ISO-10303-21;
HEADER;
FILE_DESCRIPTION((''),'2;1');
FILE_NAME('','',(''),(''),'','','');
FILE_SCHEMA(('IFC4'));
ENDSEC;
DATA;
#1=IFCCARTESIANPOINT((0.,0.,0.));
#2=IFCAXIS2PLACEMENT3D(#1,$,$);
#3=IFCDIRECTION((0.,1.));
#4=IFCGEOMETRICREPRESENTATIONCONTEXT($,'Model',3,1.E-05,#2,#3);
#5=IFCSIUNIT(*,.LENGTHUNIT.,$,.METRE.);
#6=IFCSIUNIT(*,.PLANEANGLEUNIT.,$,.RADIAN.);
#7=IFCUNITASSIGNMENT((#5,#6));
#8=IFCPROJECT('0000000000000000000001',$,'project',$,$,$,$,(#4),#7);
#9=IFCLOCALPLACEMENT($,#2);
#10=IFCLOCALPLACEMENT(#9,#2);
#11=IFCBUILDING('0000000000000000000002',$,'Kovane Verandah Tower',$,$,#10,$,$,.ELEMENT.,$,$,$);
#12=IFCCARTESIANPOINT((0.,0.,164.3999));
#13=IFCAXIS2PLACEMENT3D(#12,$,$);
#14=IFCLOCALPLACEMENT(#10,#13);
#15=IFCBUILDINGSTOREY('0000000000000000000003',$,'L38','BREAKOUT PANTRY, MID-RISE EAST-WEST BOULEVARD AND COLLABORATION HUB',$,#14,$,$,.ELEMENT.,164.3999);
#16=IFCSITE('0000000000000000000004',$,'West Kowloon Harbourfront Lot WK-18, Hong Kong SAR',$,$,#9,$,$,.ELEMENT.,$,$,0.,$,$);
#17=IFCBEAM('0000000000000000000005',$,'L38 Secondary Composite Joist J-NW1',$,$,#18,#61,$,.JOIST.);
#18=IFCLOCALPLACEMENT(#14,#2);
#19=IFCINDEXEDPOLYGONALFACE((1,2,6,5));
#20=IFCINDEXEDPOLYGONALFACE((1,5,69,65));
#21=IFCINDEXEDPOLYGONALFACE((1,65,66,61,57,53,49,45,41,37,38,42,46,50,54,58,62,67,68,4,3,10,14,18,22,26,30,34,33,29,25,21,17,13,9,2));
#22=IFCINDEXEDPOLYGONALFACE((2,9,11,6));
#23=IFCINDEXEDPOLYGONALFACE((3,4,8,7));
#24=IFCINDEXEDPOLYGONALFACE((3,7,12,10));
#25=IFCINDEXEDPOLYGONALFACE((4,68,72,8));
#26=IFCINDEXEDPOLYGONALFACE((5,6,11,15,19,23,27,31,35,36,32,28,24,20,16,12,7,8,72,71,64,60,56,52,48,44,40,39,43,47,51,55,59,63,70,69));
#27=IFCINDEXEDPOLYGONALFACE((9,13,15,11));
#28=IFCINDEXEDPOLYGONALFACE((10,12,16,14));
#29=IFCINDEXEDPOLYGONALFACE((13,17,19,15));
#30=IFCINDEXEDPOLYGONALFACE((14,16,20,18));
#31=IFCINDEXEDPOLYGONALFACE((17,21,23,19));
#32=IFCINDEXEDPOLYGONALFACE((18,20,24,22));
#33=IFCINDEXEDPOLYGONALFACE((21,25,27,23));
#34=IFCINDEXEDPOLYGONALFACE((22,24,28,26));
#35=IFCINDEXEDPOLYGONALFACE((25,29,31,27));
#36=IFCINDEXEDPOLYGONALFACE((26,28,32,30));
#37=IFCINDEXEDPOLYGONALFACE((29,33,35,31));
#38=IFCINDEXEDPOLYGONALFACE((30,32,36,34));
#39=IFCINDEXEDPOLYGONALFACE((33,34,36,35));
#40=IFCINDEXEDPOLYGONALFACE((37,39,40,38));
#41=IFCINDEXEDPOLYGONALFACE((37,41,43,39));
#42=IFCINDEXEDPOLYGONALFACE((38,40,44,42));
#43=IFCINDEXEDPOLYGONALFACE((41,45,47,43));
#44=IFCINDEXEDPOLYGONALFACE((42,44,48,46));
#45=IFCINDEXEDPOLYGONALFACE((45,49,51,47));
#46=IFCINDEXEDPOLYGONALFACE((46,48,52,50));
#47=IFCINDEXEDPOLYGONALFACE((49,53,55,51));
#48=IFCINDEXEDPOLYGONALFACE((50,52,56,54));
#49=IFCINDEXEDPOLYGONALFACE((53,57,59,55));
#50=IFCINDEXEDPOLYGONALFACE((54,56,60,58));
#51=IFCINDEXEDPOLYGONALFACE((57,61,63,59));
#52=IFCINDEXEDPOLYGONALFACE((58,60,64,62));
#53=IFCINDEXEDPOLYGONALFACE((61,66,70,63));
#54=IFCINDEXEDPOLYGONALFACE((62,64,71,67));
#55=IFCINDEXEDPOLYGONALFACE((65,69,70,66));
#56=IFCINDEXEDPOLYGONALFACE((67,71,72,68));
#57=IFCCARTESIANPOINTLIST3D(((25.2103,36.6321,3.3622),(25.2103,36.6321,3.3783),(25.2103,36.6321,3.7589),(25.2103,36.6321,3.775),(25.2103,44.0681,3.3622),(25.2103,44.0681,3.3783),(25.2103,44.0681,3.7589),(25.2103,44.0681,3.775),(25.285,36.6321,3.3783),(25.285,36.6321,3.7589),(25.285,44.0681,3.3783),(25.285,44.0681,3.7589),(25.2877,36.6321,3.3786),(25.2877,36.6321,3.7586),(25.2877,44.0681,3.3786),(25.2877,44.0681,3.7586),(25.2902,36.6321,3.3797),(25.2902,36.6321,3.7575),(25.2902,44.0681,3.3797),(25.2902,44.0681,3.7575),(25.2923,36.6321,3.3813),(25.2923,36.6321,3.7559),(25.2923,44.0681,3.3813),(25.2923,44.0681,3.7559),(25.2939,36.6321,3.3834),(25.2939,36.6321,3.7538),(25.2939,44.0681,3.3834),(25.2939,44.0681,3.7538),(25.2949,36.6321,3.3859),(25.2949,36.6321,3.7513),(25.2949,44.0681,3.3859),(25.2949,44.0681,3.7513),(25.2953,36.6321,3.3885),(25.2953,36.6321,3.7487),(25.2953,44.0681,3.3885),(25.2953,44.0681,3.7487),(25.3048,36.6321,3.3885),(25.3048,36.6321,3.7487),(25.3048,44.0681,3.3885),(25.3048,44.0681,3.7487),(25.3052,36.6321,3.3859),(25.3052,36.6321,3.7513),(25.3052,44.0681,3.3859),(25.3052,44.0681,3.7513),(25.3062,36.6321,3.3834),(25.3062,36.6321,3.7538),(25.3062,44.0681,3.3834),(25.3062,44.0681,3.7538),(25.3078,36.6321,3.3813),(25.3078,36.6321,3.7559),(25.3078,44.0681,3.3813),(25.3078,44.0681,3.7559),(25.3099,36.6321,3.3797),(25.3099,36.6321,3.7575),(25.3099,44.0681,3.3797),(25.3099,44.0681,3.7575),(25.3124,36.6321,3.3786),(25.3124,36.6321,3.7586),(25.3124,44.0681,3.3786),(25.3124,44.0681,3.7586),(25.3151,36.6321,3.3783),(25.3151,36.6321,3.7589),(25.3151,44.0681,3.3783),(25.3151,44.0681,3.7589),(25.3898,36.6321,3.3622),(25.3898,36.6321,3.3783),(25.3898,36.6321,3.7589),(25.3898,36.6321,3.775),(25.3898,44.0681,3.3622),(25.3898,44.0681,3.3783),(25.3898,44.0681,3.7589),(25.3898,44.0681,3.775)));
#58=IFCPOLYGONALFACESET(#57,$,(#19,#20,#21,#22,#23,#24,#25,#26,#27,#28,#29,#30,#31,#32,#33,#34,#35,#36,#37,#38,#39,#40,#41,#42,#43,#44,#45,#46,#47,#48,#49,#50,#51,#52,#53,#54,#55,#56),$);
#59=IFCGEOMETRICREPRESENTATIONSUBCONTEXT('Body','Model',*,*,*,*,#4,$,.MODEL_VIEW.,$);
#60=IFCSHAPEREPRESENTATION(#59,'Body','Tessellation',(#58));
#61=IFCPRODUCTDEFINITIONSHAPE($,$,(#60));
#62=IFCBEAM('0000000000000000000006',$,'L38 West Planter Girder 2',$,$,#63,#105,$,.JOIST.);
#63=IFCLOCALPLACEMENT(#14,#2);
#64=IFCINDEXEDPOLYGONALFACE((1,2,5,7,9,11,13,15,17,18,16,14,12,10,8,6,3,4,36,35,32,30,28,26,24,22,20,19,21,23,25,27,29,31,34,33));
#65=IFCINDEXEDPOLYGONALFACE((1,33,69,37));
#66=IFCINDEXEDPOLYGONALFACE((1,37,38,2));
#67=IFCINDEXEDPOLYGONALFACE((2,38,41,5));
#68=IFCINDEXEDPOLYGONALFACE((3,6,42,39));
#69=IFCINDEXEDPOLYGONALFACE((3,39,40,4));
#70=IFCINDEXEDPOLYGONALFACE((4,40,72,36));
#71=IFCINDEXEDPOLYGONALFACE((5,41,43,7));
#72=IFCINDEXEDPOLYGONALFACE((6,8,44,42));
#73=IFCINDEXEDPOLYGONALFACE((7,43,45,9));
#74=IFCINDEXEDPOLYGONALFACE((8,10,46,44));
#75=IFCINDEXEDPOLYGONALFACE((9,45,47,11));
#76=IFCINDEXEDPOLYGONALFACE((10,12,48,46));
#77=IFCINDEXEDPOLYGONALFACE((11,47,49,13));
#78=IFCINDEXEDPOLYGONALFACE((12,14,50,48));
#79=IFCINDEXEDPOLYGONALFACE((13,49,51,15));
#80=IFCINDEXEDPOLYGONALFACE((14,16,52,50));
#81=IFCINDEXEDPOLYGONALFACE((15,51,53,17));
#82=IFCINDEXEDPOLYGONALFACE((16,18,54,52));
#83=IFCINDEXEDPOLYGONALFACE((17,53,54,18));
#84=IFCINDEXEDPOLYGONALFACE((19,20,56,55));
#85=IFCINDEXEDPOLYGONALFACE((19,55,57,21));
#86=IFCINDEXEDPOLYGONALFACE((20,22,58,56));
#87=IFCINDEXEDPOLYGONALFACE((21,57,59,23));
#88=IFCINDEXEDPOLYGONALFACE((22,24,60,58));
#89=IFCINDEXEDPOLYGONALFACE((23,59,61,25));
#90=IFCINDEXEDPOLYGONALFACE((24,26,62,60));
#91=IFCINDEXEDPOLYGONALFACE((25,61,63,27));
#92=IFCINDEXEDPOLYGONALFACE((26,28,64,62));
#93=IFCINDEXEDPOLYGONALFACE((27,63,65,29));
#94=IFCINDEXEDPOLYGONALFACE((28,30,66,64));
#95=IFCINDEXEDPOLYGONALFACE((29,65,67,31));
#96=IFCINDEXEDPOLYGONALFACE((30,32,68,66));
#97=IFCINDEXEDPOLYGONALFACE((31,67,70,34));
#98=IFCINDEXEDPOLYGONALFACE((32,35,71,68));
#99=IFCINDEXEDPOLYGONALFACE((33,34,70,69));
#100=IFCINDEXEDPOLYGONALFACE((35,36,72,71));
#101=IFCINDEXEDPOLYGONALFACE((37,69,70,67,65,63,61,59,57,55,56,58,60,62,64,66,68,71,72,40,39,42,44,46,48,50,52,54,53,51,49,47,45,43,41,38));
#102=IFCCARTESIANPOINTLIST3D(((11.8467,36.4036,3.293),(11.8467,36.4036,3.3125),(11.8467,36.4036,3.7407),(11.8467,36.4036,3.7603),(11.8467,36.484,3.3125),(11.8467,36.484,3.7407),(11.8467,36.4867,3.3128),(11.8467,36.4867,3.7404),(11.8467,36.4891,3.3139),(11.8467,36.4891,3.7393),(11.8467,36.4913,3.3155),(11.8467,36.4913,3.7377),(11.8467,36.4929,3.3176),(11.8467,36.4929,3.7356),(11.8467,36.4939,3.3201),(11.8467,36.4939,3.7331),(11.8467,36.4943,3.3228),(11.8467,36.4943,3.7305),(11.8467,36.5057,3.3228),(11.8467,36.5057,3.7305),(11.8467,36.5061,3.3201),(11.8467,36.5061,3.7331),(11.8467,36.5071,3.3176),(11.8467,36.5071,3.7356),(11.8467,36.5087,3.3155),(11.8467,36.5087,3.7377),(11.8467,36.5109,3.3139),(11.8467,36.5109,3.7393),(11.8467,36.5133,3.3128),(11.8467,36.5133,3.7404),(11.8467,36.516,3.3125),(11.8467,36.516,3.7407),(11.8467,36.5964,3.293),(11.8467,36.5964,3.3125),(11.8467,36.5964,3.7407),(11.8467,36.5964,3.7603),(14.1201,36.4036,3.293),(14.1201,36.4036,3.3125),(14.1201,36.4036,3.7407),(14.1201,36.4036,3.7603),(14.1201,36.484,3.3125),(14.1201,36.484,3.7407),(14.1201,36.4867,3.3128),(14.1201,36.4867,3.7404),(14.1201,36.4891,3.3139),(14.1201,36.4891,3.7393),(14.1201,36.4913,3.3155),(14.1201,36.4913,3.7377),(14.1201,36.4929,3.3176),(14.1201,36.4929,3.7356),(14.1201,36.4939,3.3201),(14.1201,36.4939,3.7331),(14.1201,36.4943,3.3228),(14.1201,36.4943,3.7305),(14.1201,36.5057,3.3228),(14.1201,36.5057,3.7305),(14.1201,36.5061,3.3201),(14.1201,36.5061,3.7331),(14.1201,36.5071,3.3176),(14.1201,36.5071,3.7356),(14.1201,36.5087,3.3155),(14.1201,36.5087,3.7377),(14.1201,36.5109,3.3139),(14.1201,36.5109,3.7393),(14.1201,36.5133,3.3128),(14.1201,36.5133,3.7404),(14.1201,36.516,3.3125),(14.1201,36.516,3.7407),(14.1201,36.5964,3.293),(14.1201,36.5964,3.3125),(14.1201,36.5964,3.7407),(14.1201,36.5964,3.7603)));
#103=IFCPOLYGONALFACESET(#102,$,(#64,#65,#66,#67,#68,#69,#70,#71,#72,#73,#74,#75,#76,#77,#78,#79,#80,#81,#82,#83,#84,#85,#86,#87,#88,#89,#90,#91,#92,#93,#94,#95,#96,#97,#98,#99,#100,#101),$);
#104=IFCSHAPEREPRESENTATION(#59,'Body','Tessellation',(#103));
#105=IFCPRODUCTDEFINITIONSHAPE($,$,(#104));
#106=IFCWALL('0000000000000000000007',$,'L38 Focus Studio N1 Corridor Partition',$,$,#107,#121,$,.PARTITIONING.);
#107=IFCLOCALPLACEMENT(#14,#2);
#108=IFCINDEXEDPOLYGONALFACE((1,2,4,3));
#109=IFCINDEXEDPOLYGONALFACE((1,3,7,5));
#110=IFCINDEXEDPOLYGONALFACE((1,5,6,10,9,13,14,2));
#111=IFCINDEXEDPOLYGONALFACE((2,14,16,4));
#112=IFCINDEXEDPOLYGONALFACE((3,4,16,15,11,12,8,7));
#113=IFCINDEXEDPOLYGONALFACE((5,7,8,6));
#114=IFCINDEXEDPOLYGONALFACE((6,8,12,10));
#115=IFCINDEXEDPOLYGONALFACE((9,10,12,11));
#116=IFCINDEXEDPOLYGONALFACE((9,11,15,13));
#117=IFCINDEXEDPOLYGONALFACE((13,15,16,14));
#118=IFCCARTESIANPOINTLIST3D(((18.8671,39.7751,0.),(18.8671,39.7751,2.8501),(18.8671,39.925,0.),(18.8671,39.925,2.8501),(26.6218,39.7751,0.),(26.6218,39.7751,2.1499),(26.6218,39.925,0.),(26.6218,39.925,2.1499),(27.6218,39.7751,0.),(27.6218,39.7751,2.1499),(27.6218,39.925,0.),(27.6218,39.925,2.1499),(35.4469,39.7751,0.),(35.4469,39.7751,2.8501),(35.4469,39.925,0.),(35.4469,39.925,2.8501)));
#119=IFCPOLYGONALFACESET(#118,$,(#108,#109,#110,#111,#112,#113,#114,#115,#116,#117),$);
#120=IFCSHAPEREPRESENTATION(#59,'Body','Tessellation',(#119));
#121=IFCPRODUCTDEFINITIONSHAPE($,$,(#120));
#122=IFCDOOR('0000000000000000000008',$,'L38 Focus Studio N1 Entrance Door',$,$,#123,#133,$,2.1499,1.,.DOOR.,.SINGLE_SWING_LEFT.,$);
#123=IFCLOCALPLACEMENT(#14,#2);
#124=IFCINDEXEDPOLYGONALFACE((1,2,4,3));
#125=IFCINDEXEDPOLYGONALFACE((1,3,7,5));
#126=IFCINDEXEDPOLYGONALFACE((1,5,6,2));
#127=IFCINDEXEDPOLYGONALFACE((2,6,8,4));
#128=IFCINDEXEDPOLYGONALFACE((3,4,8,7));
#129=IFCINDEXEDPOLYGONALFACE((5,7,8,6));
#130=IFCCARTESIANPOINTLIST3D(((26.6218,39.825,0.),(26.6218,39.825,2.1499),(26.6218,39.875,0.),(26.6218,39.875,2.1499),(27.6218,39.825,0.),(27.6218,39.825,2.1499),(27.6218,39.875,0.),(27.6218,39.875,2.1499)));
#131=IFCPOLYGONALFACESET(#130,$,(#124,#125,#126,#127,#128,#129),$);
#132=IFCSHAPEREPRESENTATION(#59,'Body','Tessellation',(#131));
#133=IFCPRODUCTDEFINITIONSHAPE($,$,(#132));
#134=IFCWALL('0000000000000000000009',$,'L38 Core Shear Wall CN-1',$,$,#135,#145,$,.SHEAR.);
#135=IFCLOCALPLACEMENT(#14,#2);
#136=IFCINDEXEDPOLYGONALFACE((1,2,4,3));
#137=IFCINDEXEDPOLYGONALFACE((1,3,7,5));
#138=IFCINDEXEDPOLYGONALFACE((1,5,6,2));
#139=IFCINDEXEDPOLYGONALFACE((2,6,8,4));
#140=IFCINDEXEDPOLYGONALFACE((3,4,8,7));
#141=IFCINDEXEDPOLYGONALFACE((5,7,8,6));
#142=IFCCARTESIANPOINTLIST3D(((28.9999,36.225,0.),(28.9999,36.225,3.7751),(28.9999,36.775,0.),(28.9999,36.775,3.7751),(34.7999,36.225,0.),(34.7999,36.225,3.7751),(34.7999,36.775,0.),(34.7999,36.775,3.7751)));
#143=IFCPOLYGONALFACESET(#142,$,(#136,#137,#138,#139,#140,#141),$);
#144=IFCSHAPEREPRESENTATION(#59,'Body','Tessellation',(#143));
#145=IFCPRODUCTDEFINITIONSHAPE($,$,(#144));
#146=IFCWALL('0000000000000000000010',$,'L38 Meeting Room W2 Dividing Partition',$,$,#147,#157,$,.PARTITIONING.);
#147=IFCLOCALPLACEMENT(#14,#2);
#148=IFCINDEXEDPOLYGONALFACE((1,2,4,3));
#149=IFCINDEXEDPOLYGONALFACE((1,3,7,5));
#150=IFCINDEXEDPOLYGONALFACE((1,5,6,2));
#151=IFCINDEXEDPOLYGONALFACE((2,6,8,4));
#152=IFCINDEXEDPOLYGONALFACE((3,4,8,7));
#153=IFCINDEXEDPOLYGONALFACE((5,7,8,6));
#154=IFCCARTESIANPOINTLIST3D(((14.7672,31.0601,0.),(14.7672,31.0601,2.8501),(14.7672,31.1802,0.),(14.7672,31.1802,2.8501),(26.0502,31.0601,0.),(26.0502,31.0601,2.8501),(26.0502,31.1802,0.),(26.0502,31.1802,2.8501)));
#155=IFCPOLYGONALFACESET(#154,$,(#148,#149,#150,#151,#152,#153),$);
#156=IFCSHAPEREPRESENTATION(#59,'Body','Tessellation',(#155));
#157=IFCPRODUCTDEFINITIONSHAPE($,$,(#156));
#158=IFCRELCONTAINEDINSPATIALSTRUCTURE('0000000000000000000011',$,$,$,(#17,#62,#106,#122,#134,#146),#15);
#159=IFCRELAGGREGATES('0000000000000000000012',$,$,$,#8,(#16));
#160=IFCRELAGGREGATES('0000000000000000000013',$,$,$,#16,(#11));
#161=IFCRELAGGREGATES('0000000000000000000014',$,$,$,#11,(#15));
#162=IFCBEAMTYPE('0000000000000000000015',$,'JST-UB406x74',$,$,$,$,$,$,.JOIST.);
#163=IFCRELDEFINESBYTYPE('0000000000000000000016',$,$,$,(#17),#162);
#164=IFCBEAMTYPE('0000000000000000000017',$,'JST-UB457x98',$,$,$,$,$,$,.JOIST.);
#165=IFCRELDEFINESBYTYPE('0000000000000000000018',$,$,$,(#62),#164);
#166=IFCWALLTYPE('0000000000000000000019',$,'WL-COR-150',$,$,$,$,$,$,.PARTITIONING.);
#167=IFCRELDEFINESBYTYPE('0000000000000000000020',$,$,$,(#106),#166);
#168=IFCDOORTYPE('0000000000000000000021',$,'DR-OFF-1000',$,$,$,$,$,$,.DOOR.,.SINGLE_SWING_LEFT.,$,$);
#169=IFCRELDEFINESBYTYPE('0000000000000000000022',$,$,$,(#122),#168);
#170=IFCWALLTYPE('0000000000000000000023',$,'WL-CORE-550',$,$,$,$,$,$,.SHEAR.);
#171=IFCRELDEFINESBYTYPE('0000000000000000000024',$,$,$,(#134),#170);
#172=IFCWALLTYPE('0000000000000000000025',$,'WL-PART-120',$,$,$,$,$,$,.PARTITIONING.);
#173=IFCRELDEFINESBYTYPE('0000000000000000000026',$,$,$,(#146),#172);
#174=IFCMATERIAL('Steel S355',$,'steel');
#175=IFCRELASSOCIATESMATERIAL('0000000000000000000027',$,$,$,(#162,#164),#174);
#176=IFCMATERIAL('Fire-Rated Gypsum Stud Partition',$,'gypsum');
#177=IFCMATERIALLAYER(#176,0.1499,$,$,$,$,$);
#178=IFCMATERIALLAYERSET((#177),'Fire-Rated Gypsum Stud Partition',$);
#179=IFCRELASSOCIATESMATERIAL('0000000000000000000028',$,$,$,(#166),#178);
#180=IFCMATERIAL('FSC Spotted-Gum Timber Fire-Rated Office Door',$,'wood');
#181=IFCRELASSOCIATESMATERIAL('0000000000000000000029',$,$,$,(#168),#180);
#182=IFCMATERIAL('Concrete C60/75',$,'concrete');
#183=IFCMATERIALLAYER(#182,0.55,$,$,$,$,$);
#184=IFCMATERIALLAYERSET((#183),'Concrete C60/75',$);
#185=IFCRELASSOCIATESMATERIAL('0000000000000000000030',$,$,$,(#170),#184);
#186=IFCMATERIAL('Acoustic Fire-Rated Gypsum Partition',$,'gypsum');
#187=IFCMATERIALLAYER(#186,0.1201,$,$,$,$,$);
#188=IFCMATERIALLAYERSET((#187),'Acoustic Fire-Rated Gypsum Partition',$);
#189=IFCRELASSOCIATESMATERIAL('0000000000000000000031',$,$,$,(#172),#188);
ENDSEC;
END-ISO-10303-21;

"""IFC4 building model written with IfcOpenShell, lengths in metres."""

from ifc_helpers import new_model, si_unit, direction, frame, frame_2d, origin, origin_2d, place, context, subcontext, project, spatial, rectangle, i_section, extrude, material, layer, layer_set, material_profile, profile_set, type_object, element, fill, save


model = new_model("IFC4")

# Units and contexts
model_context = context("Model", 3, precision=1e-05, world=origin(), true_north=direction((0.0, 1.0)))
body_context = subcontext(model_context, "Body", "Model", "MODEL_VIEW")
ifc_project = project(units=[si_unit("LENGTHUNIT", "METRE"), si_unit("PLANEANGLEUNIT", "RADIAN")], contexts=[model_context])

# Site, building, storey
site_placement = place(None, origin())
site = spatial("IfcSite", under=ifc_project, at=site_placement, Name="West Kowloon Harbourfront Lot WK-18, Hong Kong SAR", CompositionType="ELEMENT", RefElevation=0.0)
building_placement = place(site_placement, origin())
building = spatial("IfcBuilding", under=site, at=building_placement, Name="Kovane Verandah Tower", CompositionType="ELEMENT")
storey_placement = place(building_placement, frame((0.0, 0.0, 164.3999)))
storey = spatial("IfcBuildingStorey", under=building, at=storey_placement, Name="L38", Description="BREAKOUT PANTRY, MID-RISE EAST-WEST BOULEVARD AND COLLABORATION HUB", CompositionType="ELEMENT", Elevation=164.3999)

# Beams
ifc_material_1 = material(Name="Steel S355", Category="steel")
ifc_material_profile_1 = material_profile(ifc_material_1, i_section(OverallWidth=0.1794, OverallDepth=0.4128, WebThickness=0.0095, FlangeThickness=0.0161, FilletRadius=0.0103, at=origin_2d()), Name="UB406x178x74")
ifc_profile_set_1 = profile_set([ifc_material_profile_1], Name="Steel S355")
beam_type_1 = type_object("IfcBeamType", Name="JST-UB406x74", PredefinedType="JOIST", material=ifc_profile_set_1)
beam_1_placement = place(storey_placement, frame((25.3, 36.6321, 3.5686), z_axis=(0.0, 1.0, 0.0), x_axis=(-1.0, 0.0, 0.0)))
element("IfcBeam", 1, at=beam_1_placement, inside=storey, type_object=beam_type_1, Name="L38 Secondary Composite Joist J-NW1", PredefinedType="JOIST", context=body_context, shape_type="SweptSolid", body=[
    extrude(i_section(OverallWidth=0.1794, OverallDepth=0.4128, WebThickness=0.0095, FlangeThickness=0.0161, FilletRadius=0.0103, at=origin_2d()), origin(), (0.0, 0.0, 1.0), 7.436),
])
ifc_material_profile_2 = material_profile(ifc_material_1, i_section(OverallWidth=0.1929, OverallDepth=0.4673, WebThickness=0.0115, FlangeThickness=0.0195, FilletRadius=0.0103, at=origin_2d()), Name="UB457x191x98")
ifc_profile_set_2 = profile_set([ifc_material_profile_2], Name="Steel S355")
beam_type_2 = type_object("IfcBeamType", Name="JST-UB457x98", PredefinedType="JOIST", material=ifc_profile_set_2)
beam_2_placement = place(storey_placement, frame((14.1201, 36.5, 3.5266), z_axis=(-1.0, 0.0, 0.0), x_axis=(0.0, -1.0, 0.0)))
element("IfcBeam", 2, at=beam_2_placement, inside=storey, type_object=beam_type_2, Name="L38 West Planter Girder 2", PredefinedType="JOIST", context=body_context, shape_type="SweptSolid", body=[
    extrude(i_section(OverallWidth=0.1929, OverallDepth=0.4673, WebThickness=0.0115, FlangeThickness=0.0195, FilletRadius=0.0103, at=origin_2d()), origin(), (0.0, 0.0, 1.0), 2.2734),
])

# Wall, opening, door
ifc_material_2 = material(Name="Fire-Rated Gypsum Stud Partition", Category="gypsum")
ifc_layer_1 = layer(ifc_material_2, 0.1499)
ifc_layer_set_1 = layer_set([ifc_layer_1], Name="Fire-Rated Gypsum Stud Partition")
wall_type_1 = type_object("IfcWallType", Name="WL-COR-150", PredefinedType="PARTITIONING", material=ifc_layer_set_1)
wall_1_placement = place(storey_placement, frame((18.8669, 39.8501, 0.0), z_axis=(0.0, 0.0, 1.0), x_axis=(1.0, 0.0, 0.0)))
wall_1 = element("IfcWall", 3, at=wall_1_placement, inside=storey, type_object=wall_type_1, Name="L38 Focus Studio N1 Corridor Partition", PredefinedType="PARTITIONING", context=body_context, shape_type="SweptSolid", body=[
    extrude(rectangle(XDim=16.5798, YDim=0.1499, at=frame_2d((8.29, 0.0))), origin(), (0.0, 0.0, 1.0), 2.8501),
])
opening_1_placement = place(wall_1_placement, frame((7.7549, 0.0, 0.0)))
opening_1 = element("IfcOpeningElement", 4, at=opening_1_placement, cuts=wall_1, PredefinedType="OPENING", context=body_context, shape_type="SweptSolid", body=[
    extrude(rectangle(XDim=1.0, YDim=2.1499, at=frame_2d((0.5, 1.075))), frame((0.0, 0.075, 0.0), z_axis=(0.0, -1.0, 0.0), x_axis=(1.0, 0.0, 0.0)), (0.0, 0.0, 1.0), 0.1499),
])
ifc_material_3 = material(Name="FSC Spotted-Gum Timber Fire-Rated Office Door", Category="wood")
door_type_1 = type_object("IfcDoorType", Name="DR-OFF-1000", OperationType="SINGLE_SWING_LEFT", PredefinedType="DOOR", material=ifc_material_3)
door_1_placement = place(opening_1_placement, origin())
door_1 = element("IfcDoor", 5, at=door_1_placement, inside=storey, type_object=door_type_1, Name="L38 Focus Studio N1 Entrance Door", OperationType="SINGLE_SWING_LEFT", OverallHeight=2.1499, OverallWidth=1.0, PredefinedType="DOOR", context=body_context, shape_type="SweptSolid", body=[
    extrude(rectangle(XDim=1.0, YDim=2.1499, at=frame_2d((0.5, 1.075))), frame((0.0, 0.0249, 0.0), z_axis=(0.0, -1.0, 0.0), x_axis=(1.0, 0.0, 0.0)), (0.0, 0.0, 1.0), 0.05),
])
fill(opening_1, door_1)

# Walls
ifc_material_4 = material(Name="Concrete C60/75", Category="concrete")
ifc_layer_2 = layer(ifc_material_4, 0.55)
ifc_layer_set_2 = layer_set([ifc_layer_2], Name="Concrete C60/75")
wall_type_2 = type_object("IfcWallType", Name="WL-CORE-550", PredefinedType="SHEAR", material=ifc_layer_set_2)
wall_2_placement = place(storey_placement, frame((29.0, 36.5, 0.0), z_axis=(0.0, 0.0, 1.0), x_axis=(1.0, 0.0, 0.0)))
element("IfcWall", 6, at=wall_2_placement, inside=storey, type_object=wall_type_2, Name="L38 Core Shear Wall CN-1", PredefinedType="SHEAR", context=body_context, shape_type="SweptSolid", body=[
    extrude(rectangle(XDim=5.8, YDim=0.55, at=frame_2d((2.8999, 0.0))), origin(), (0.0, 0.0, 1.0), 3.7751),
])
ifc_material_5 = material(Name="Acoustic Fire-Rated Gypsum Partition", Category="gypsum")
ifc_layer_3 = layer(ifc_material_5, 0.1201)
ifc_layer_set_3 = layer_set([ifc_layer_3], Name="Acoustic Fire-Rated Gypsum Partition")
wall_type_3 = type_object("IfcWallType", Name="WL-PART-120", PredefinedType="PARTITIONING", material=ifc_layer_set_3)
wall_3_placement = place(storey_placement, frame((14.7671, 31.1201, 0.0), z_axis=(0.0, 0.0, 1.0), x_axis=(1.0, 0.0, 0.0)))
element("IfcWall", 7, at=wall_3_placement, inside=storey, type_object=wall_type_3, Name="L38 Meeting Room W2 Dividing Partition", PredefinedType="PARTITIONING", context=body_context, shape_type="SweptSolid", body=[
    extrude(rectangle(XDim=11.283, YDim=0.1201, at=frame_2d((5.6416, 0.0))), origin(), (0.0, 0.0, 1.0), 2.8501),
])

save(model, "model.ifc")
